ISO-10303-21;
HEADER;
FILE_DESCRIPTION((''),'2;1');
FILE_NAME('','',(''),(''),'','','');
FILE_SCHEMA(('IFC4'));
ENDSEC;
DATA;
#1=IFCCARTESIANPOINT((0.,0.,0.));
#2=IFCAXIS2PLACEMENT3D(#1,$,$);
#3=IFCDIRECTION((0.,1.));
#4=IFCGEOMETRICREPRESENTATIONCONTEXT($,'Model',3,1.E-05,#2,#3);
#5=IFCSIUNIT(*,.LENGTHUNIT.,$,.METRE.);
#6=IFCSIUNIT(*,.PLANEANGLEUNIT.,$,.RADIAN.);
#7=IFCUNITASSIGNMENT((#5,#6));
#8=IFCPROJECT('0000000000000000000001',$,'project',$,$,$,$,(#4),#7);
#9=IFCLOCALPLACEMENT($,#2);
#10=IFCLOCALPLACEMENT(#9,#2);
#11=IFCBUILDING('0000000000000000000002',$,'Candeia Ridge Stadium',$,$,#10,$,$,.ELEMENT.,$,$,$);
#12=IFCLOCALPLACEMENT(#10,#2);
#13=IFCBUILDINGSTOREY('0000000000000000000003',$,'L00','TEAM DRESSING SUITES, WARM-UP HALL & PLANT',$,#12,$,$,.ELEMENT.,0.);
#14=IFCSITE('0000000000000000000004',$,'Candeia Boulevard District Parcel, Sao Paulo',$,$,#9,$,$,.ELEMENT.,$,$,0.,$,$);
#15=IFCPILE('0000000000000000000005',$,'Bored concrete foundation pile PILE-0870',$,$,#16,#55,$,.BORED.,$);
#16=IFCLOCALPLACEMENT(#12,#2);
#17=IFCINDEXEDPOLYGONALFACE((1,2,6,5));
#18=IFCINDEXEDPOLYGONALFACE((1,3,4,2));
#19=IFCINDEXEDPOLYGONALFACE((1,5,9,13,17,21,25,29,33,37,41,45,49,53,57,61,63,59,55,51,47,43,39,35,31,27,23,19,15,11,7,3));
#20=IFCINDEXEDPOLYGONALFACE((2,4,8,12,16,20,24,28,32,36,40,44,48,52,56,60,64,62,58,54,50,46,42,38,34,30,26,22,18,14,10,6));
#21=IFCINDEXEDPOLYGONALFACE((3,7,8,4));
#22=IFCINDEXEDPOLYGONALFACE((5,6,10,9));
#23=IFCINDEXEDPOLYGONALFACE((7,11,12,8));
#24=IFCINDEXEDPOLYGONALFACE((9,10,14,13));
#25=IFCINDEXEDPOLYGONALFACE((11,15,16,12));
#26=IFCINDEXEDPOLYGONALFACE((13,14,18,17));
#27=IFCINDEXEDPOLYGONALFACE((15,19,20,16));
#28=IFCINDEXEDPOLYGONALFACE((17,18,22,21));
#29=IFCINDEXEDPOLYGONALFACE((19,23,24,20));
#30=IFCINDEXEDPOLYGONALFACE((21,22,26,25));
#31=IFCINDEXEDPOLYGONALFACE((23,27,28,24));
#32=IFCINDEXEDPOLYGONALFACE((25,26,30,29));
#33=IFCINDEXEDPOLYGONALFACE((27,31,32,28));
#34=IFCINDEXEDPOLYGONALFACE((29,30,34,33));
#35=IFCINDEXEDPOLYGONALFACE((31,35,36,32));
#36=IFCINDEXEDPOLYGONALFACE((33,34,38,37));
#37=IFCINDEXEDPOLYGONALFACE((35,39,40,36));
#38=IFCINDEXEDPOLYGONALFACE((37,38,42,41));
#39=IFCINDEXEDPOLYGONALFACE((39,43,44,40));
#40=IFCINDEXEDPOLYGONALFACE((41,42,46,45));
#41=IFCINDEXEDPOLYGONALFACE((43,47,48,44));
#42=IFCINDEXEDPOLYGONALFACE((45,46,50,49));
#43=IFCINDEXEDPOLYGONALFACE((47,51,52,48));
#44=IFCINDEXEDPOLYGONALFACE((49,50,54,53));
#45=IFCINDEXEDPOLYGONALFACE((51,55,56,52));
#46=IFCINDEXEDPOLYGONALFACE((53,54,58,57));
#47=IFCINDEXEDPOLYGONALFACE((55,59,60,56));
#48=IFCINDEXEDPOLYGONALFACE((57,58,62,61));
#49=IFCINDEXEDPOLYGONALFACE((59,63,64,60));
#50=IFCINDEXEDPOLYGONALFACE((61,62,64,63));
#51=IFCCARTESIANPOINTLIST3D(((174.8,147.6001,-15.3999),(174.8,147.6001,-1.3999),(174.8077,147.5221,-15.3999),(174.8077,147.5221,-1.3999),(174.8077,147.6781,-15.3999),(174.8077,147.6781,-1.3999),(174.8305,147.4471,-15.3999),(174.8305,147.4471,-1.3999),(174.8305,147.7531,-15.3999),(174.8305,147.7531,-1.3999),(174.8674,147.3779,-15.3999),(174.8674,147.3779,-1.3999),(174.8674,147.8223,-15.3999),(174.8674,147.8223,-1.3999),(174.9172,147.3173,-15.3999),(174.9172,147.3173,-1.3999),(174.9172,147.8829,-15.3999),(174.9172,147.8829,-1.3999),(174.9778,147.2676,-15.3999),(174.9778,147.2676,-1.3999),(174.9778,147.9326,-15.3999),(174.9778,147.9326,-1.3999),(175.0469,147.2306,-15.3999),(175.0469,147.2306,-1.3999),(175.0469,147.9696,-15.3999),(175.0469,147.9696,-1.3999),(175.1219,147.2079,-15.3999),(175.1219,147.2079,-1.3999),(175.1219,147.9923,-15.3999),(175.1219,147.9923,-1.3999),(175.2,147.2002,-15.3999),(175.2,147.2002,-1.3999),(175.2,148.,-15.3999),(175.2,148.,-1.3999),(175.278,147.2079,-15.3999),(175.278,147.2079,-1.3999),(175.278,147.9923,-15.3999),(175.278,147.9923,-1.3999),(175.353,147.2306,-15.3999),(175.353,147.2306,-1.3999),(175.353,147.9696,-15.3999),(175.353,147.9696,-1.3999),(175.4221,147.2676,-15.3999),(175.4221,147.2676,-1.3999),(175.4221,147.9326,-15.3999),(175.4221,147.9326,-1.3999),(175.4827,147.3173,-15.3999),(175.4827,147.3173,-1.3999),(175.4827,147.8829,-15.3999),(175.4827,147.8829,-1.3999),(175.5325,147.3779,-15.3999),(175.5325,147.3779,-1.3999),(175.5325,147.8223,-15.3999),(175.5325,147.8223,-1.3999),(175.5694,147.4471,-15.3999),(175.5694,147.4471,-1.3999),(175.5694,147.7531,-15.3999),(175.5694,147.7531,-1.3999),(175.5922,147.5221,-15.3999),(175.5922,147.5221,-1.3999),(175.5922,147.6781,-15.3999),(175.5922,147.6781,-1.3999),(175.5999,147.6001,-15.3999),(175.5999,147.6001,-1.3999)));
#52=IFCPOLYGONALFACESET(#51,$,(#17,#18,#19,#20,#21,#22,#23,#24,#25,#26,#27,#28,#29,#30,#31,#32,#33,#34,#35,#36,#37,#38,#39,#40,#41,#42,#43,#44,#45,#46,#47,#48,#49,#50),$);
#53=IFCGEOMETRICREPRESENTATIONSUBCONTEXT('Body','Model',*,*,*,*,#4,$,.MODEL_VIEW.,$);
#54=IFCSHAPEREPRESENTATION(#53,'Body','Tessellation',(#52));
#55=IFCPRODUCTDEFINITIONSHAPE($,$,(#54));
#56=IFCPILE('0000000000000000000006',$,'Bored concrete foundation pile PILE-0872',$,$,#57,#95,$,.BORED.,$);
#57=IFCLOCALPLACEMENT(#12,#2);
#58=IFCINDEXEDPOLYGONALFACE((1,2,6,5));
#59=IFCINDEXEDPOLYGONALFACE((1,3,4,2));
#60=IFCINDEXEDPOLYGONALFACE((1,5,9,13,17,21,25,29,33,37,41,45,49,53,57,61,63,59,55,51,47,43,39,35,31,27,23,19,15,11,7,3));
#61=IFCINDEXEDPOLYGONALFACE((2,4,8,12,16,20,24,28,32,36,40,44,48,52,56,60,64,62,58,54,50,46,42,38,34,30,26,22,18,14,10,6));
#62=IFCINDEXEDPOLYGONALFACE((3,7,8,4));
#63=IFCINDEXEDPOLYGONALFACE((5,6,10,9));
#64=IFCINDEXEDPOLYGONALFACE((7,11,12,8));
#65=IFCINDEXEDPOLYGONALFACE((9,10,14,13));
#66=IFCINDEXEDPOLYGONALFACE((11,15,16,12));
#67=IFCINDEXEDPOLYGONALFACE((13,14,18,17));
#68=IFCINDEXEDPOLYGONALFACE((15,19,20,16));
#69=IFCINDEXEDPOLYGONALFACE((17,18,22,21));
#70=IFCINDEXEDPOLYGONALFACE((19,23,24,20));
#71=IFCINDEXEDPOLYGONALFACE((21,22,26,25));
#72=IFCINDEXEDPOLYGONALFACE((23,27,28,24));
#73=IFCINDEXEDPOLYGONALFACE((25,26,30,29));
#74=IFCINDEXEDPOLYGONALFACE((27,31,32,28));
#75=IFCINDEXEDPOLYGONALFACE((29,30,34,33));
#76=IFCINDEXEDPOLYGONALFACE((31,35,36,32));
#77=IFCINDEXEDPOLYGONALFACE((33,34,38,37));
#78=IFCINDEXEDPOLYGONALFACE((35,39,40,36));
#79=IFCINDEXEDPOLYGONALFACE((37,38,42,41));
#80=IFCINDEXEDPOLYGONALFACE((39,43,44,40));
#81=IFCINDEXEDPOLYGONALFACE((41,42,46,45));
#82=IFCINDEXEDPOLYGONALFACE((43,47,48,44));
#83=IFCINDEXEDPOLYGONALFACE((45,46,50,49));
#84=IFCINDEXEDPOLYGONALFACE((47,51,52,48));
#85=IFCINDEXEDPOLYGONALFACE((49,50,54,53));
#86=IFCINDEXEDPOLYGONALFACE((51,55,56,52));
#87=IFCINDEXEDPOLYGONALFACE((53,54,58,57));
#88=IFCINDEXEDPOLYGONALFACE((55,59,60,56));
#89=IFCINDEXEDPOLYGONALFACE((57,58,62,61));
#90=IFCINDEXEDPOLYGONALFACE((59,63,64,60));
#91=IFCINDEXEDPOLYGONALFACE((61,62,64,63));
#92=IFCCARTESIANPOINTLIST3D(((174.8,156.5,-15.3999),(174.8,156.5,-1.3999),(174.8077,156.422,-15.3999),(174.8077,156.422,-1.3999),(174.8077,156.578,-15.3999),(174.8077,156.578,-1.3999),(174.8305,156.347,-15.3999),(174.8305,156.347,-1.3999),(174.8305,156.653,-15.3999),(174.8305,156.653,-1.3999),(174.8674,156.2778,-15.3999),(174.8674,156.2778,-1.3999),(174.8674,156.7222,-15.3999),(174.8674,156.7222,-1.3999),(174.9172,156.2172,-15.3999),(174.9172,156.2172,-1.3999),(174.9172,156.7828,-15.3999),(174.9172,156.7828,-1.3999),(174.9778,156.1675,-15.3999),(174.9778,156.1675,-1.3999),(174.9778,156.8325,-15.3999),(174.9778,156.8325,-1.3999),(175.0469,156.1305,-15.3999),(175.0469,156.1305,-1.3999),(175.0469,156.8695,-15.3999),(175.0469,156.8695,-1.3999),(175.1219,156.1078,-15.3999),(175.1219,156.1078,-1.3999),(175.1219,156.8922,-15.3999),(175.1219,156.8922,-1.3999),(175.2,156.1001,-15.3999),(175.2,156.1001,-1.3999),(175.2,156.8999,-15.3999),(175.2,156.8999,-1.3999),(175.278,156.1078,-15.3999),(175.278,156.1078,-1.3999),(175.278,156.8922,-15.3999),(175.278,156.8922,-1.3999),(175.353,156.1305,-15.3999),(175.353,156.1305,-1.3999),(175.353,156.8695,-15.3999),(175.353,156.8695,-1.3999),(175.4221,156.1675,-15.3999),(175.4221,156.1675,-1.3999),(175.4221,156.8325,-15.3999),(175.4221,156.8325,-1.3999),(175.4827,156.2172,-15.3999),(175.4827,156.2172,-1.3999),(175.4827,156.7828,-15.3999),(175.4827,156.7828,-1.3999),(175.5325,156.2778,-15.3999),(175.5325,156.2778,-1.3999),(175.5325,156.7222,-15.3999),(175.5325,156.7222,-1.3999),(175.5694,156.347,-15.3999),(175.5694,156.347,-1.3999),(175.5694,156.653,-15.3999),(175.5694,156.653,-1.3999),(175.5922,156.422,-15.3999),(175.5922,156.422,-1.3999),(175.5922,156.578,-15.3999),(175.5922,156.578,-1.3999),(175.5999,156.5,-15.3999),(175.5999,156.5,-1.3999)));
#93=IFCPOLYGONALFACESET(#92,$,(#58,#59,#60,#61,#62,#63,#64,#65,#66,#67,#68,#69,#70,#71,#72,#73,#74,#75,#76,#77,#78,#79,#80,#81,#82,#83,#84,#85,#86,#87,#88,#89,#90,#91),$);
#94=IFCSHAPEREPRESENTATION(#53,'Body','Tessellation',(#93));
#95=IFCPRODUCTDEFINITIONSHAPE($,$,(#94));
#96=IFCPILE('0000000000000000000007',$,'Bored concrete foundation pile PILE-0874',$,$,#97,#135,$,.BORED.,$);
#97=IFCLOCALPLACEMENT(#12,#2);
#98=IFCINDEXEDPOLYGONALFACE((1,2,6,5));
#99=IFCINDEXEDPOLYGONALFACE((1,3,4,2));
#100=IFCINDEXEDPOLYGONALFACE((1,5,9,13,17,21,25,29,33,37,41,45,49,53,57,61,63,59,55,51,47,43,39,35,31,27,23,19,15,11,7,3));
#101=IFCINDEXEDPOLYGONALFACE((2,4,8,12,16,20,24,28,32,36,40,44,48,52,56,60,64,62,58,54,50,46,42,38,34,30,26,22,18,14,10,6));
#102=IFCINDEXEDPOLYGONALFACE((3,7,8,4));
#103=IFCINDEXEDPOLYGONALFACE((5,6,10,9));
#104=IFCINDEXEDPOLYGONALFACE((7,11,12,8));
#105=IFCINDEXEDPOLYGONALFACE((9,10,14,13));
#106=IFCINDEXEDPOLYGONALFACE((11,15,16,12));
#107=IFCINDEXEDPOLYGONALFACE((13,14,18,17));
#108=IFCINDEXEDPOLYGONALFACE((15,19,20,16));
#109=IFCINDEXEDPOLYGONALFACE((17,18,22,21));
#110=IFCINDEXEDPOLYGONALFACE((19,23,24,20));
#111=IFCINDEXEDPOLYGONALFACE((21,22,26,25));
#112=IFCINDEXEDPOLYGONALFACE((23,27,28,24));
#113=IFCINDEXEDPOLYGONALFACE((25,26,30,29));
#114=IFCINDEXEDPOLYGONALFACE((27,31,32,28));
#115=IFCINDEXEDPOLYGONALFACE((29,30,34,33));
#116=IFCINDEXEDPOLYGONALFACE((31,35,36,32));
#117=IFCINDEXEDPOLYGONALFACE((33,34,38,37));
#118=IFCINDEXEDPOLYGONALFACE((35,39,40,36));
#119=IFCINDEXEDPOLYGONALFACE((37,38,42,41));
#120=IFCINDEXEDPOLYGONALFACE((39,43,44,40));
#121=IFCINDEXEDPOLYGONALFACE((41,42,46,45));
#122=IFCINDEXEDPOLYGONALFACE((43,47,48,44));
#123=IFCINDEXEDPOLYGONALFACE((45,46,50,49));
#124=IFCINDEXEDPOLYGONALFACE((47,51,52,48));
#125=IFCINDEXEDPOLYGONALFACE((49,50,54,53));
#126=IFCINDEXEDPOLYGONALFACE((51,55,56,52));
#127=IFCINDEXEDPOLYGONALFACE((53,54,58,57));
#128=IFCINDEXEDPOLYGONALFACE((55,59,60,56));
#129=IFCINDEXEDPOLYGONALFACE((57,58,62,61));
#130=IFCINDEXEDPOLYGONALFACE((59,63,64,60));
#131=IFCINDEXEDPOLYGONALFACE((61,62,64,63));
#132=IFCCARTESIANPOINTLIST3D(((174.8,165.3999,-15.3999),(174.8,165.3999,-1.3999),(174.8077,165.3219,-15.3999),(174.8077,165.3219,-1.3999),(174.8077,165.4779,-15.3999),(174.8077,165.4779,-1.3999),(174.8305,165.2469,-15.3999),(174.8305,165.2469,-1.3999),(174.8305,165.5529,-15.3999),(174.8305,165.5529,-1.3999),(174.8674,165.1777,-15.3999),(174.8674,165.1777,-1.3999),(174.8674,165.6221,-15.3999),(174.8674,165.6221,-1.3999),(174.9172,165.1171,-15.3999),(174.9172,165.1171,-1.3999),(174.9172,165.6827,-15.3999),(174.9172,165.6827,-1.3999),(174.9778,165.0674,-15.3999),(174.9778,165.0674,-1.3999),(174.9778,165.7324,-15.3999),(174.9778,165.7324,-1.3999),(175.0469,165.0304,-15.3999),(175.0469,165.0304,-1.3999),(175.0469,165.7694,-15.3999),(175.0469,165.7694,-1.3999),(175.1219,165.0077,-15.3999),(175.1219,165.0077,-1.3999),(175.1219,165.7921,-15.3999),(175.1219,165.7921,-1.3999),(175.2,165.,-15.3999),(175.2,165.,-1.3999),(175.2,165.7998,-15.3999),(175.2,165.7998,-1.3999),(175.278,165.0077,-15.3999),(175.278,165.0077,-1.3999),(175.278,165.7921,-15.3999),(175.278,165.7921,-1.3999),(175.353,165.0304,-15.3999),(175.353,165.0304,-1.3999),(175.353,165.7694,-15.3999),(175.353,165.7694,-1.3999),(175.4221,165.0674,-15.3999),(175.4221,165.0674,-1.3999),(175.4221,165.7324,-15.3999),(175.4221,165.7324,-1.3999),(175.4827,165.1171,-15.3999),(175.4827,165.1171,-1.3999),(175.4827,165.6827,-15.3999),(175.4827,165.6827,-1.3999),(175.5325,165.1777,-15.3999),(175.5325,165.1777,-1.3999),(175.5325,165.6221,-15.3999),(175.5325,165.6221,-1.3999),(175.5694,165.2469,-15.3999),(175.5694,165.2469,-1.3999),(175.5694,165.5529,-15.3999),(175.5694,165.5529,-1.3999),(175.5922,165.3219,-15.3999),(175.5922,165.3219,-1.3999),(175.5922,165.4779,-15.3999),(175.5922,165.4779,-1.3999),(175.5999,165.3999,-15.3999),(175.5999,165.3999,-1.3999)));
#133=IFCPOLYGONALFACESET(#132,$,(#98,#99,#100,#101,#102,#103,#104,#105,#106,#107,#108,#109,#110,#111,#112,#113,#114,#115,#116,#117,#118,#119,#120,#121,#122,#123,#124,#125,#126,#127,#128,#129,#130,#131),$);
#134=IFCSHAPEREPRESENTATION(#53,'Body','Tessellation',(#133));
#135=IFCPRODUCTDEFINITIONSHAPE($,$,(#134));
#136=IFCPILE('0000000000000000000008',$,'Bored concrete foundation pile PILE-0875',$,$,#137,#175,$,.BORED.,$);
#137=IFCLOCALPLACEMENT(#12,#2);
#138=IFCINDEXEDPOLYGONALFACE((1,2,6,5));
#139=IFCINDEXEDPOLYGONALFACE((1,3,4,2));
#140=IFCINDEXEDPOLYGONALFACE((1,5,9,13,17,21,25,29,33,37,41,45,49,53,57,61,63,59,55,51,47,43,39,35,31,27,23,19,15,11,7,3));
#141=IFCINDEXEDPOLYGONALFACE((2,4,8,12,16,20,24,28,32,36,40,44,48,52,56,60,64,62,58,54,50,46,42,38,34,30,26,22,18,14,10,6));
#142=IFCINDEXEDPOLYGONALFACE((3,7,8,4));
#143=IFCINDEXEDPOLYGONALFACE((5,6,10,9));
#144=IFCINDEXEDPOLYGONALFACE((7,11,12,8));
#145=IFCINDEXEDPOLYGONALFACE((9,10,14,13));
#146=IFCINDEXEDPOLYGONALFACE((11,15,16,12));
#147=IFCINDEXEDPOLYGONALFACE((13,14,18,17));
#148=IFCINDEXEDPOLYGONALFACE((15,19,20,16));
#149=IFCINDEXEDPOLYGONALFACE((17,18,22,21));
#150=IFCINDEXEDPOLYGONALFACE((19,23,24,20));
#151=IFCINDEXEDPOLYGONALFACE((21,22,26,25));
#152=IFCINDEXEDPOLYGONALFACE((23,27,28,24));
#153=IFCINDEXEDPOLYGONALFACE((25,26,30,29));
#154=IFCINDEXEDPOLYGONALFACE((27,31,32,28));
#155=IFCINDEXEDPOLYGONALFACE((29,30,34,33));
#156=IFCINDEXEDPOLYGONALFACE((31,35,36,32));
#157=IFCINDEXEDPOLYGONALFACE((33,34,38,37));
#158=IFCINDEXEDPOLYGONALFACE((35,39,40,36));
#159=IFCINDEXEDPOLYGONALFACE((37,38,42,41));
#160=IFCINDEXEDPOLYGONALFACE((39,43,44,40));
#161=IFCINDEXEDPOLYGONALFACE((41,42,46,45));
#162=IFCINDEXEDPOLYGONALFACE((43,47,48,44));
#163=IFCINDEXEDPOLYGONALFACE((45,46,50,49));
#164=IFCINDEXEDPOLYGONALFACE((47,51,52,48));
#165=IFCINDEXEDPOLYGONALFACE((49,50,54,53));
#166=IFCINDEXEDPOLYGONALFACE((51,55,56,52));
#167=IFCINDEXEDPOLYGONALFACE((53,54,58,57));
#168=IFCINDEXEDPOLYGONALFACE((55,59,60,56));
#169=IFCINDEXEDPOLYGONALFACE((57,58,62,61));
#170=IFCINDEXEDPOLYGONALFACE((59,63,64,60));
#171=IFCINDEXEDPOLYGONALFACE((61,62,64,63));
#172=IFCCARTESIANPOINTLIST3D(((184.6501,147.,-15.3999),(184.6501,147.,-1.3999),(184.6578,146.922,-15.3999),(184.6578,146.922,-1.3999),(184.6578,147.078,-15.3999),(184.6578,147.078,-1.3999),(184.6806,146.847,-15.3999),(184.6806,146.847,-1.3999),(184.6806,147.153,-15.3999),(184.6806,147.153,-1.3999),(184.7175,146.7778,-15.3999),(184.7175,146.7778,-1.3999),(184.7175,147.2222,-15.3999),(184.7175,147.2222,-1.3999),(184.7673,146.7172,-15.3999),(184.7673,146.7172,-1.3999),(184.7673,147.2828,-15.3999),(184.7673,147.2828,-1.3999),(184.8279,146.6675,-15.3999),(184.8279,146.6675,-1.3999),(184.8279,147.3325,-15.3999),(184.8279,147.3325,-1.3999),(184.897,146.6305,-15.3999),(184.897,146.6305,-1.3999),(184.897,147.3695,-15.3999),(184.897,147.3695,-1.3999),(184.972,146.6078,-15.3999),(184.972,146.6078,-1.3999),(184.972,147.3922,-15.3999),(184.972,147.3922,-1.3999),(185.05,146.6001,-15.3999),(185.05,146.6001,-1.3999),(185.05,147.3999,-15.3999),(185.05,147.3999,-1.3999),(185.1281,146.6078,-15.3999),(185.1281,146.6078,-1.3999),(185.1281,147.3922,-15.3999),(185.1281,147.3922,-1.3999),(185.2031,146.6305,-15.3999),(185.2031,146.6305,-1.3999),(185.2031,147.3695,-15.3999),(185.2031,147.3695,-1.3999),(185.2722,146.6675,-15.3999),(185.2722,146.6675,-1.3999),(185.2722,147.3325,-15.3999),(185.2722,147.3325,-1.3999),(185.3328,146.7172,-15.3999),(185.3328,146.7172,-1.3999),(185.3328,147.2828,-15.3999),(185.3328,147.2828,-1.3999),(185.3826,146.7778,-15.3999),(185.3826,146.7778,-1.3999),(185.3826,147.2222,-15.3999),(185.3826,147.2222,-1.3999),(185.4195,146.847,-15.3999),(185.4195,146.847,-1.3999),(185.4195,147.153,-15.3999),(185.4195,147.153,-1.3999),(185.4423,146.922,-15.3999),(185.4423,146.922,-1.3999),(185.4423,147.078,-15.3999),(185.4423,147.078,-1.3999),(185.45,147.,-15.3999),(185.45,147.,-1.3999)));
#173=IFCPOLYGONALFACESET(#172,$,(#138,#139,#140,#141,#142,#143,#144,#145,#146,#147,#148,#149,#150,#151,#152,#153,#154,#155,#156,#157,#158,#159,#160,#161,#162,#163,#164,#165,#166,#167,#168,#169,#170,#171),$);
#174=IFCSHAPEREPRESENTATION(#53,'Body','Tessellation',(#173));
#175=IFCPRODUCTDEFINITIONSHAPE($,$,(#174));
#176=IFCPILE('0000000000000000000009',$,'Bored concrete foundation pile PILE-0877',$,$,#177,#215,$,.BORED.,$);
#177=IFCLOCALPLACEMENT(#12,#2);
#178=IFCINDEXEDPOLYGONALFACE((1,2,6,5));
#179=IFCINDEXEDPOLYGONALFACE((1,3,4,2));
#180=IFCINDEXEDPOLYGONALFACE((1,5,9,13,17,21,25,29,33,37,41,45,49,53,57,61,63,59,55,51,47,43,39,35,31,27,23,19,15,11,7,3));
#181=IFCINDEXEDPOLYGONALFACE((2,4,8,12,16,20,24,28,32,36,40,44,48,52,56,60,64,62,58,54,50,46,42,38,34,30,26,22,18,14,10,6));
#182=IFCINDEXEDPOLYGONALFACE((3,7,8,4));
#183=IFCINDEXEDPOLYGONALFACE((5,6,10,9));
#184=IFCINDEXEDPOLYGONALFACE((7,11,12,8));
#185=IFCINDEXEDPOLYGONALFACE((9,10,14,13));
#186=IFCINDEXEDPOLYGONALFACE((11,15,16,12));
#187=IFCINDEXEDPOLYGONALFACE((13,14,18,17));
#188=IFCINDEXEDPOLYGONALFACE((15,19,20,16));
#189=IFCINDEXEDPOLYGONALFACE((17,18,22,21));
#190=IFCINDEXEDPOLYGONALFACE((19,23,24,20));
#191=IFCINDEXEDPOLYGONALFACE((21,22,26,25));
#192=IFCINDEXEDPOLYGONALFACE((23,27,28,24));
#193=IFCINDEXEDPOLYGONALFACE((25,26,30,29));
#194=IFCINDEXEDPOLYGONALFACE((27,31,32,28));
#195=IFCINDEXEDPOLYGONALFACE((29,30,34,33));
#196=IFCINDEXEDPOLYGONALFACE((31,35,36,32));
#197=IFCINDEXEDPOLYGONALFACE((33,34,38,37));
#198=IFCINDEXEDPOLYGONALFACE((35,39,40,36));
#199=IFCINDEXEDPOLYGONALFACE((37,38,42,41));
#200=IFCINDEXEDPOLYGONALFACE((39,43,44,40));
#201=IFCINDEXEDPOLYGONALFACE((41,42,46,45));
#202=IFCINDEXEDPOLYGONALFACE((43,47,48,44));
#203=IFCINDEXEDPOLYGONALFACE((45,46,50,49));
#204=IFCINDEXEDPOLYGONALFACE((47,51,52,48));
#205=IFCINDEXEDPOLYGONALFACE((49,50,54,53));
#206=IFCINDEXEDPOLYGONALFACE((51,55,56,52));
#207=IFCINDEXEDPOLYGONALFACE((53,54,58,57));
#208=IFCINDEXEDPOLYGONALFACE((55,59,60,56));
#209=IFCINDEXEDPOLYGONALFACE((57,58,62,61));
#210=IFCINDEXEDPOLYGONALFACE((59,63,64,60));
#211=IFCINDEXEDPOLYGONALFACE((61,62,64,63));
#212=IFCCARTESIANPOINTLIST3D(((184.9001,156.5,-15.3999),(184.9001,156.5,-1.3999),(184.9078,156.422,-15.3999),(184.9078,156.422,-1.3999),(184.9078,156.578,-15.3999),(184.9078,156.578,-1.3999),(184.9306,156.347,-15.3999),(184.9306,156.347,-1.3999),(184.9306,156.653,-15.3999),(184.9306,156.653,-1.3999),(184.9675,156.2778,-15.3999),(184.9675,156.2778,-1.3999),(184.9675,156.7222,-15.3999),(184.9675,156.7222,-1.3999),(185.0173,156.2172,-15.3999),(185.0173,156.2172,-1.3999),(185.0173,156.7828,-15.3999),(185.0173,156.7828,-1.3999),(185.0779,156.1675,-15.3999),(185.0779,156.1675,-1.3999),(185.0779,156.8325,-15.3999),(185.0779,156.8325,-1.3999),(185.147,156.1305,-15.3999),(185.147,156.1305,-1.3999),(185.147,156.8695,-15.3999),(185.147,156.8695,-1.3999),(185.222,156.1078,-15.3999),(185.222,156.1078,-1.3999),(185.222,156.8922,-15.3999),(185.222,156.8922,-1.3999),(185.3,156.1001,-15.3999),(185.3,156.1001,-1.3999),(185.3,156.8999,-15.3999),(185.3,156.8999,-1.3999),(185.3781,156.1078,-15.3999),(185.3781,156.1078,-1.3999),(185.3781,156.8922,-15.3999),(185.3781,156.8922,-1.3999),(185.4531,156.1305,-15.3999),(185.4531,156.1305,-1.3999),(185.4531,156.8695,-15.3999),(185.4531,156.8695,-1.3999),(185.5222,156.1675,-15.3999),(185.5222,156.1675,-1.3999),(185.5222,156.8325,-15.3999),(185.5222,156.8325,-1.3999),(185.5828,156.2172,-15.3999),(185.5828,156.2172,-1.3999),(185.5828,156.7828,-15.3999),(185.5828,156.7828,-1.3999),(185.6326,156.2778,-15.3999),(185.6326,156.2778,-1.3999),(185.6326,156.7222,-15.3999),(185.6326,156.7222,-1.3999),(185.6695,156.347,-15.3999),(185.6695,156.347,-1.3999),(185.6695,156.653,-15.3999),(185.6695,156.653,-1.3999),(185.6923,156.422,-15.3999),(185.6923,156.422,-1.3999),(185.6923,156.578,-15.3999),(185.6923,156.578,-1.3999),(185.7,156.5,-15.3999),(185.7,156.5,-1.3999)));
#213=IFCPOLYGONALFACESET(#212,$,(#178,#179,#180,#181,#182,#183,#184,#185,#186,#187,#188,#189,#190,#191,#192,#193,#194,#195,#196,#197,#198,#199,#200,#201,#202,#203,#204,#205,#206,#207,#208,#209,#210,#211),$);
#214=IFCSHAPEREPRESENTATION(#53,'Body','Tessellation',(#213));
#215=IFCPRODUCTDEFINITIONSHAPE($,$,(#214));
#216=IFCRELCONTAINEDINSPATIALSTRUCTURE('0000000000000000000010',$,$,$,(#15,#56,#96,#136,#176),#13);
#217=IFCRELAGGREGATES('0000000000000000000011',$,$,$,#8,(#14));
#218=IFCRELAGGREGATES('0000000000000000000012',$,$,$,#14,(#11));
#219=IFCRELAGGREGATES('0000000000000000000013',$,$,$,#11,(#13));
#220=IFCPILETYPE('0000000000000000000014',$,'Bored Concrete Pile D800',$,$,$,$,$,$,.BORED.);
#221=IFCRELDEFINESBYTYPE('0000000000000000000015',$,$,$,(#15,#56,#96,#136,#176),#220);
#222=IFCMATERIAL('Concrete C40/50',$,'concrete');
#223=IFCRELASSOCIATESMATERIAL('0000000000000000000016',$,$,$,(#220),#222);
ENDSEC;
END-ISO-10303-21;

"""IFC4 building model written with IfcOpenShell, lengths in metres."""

from ifc_helpers import new_model, si_unit, direction, frame, origin, origin_2d, place, context, subcontext, project, spatial, circle, extrude, material, material_profile, profile_set, type_object, element, save


model = new_model("IFC4")

# Units and contexts
model_context = context("Model", 3, precision=1e-05, world=origin(), true_north=direction((0.0, 1.0)))
body_context = subcontext(model_context, "Body", "Model", "MODEL_VIEW")
ifc_project = project(units=[si_unit("LENGTHUNIT", "METRE"), si_unit("PLANEANGLEUNIT", "RADIAN")], contexts=[model_context])

# Site, building, storey
site_placement = place(None, origin())
site = spatial("IfcSite", under=ifc_project, at=site_placement, Name="Candeia Boulevard District Parcel, Sao Paulo", CompositionType="ELEMENT", RefElevation=0.0)
building_placement = place(site_placement, origin())
building = spatial("IfcBuilding", under=site, at=building_placement, Name="Candeia Ridge Stadium", CompositionType="ELEMENT")
storey_placement = place(building_placement, origin())
storey = spatial("IfcBuildingStorey", under=building, at=storey_placement, Name="L00", Description="TEAM DRESSING SUITES, WARM-UP HALL & PLANT", CompositionType="ELEMENT", Elevation=0.0)

# Piles
ifc_material_1 = material(Name="Concrete C40/50", Category="concrete")
ifc_material_profile_1 = material_profile(ifc_material_1, circle(Radius=0.3999, at=origin_2d()), Name="PILE-D800", Category="concrete")
ifc_profile_set_1 = profile_set([ifc_material_profile_1], Name="Concrete C40/50")
pile_type = type_object("IfcPileType", Name="Bored Concrete Pile D800", PredefinedType="BORED", material=ifc_profile_set_1)
for number, where, z_axis, x_axis, name in (
    (1, (175.2, 147.6001, -1.3999), (0.0, 0.0, -1.0), (1.0, 0.0, 0.0), "Bored concrete foundation pile PILE-0870"),
    (2, (175.2, 156.5, -1.3999), (0.0, 0.0, -1.0), (1.0, 0.0, 0.0), "Bored concrete foundation pile PILE-0872"),
    (3, (175.2, 165.3999, -1.3999), (0.0, 0.0, -1.0), (1.0, 0.0, 0.0), "Bored concrete foundation pile PILE-0874"),
    (4, (185.05, 147.0, -1.3999), (0.0, 0.0, -1.0), (1.0, 0.0, 0.0), "Bored concrete foundation pile PILE-0875"),
    (5, (185.3, 156.5, -1.3999), (0.0, 0.0, -1.0), (1.0, 0.0, 0.0), "Bored concrete foundation pile PILE-0877"),
):
    element("IfcPile", number, at=place(storey_placement, frame(where, z_axis=z_axis, x_axis=x_axis)), inside=storey, type_object=pile_type, Name=name, PredefinedType="BORED", context=body_context, shape_type="SweptSolid", body=[
        extrude(circle(Radius=0.3999, at=origin_2d()), origin(), (0.0, 0.0, 1.0), 14.0),
    ])

save(model, "model.ifc")
